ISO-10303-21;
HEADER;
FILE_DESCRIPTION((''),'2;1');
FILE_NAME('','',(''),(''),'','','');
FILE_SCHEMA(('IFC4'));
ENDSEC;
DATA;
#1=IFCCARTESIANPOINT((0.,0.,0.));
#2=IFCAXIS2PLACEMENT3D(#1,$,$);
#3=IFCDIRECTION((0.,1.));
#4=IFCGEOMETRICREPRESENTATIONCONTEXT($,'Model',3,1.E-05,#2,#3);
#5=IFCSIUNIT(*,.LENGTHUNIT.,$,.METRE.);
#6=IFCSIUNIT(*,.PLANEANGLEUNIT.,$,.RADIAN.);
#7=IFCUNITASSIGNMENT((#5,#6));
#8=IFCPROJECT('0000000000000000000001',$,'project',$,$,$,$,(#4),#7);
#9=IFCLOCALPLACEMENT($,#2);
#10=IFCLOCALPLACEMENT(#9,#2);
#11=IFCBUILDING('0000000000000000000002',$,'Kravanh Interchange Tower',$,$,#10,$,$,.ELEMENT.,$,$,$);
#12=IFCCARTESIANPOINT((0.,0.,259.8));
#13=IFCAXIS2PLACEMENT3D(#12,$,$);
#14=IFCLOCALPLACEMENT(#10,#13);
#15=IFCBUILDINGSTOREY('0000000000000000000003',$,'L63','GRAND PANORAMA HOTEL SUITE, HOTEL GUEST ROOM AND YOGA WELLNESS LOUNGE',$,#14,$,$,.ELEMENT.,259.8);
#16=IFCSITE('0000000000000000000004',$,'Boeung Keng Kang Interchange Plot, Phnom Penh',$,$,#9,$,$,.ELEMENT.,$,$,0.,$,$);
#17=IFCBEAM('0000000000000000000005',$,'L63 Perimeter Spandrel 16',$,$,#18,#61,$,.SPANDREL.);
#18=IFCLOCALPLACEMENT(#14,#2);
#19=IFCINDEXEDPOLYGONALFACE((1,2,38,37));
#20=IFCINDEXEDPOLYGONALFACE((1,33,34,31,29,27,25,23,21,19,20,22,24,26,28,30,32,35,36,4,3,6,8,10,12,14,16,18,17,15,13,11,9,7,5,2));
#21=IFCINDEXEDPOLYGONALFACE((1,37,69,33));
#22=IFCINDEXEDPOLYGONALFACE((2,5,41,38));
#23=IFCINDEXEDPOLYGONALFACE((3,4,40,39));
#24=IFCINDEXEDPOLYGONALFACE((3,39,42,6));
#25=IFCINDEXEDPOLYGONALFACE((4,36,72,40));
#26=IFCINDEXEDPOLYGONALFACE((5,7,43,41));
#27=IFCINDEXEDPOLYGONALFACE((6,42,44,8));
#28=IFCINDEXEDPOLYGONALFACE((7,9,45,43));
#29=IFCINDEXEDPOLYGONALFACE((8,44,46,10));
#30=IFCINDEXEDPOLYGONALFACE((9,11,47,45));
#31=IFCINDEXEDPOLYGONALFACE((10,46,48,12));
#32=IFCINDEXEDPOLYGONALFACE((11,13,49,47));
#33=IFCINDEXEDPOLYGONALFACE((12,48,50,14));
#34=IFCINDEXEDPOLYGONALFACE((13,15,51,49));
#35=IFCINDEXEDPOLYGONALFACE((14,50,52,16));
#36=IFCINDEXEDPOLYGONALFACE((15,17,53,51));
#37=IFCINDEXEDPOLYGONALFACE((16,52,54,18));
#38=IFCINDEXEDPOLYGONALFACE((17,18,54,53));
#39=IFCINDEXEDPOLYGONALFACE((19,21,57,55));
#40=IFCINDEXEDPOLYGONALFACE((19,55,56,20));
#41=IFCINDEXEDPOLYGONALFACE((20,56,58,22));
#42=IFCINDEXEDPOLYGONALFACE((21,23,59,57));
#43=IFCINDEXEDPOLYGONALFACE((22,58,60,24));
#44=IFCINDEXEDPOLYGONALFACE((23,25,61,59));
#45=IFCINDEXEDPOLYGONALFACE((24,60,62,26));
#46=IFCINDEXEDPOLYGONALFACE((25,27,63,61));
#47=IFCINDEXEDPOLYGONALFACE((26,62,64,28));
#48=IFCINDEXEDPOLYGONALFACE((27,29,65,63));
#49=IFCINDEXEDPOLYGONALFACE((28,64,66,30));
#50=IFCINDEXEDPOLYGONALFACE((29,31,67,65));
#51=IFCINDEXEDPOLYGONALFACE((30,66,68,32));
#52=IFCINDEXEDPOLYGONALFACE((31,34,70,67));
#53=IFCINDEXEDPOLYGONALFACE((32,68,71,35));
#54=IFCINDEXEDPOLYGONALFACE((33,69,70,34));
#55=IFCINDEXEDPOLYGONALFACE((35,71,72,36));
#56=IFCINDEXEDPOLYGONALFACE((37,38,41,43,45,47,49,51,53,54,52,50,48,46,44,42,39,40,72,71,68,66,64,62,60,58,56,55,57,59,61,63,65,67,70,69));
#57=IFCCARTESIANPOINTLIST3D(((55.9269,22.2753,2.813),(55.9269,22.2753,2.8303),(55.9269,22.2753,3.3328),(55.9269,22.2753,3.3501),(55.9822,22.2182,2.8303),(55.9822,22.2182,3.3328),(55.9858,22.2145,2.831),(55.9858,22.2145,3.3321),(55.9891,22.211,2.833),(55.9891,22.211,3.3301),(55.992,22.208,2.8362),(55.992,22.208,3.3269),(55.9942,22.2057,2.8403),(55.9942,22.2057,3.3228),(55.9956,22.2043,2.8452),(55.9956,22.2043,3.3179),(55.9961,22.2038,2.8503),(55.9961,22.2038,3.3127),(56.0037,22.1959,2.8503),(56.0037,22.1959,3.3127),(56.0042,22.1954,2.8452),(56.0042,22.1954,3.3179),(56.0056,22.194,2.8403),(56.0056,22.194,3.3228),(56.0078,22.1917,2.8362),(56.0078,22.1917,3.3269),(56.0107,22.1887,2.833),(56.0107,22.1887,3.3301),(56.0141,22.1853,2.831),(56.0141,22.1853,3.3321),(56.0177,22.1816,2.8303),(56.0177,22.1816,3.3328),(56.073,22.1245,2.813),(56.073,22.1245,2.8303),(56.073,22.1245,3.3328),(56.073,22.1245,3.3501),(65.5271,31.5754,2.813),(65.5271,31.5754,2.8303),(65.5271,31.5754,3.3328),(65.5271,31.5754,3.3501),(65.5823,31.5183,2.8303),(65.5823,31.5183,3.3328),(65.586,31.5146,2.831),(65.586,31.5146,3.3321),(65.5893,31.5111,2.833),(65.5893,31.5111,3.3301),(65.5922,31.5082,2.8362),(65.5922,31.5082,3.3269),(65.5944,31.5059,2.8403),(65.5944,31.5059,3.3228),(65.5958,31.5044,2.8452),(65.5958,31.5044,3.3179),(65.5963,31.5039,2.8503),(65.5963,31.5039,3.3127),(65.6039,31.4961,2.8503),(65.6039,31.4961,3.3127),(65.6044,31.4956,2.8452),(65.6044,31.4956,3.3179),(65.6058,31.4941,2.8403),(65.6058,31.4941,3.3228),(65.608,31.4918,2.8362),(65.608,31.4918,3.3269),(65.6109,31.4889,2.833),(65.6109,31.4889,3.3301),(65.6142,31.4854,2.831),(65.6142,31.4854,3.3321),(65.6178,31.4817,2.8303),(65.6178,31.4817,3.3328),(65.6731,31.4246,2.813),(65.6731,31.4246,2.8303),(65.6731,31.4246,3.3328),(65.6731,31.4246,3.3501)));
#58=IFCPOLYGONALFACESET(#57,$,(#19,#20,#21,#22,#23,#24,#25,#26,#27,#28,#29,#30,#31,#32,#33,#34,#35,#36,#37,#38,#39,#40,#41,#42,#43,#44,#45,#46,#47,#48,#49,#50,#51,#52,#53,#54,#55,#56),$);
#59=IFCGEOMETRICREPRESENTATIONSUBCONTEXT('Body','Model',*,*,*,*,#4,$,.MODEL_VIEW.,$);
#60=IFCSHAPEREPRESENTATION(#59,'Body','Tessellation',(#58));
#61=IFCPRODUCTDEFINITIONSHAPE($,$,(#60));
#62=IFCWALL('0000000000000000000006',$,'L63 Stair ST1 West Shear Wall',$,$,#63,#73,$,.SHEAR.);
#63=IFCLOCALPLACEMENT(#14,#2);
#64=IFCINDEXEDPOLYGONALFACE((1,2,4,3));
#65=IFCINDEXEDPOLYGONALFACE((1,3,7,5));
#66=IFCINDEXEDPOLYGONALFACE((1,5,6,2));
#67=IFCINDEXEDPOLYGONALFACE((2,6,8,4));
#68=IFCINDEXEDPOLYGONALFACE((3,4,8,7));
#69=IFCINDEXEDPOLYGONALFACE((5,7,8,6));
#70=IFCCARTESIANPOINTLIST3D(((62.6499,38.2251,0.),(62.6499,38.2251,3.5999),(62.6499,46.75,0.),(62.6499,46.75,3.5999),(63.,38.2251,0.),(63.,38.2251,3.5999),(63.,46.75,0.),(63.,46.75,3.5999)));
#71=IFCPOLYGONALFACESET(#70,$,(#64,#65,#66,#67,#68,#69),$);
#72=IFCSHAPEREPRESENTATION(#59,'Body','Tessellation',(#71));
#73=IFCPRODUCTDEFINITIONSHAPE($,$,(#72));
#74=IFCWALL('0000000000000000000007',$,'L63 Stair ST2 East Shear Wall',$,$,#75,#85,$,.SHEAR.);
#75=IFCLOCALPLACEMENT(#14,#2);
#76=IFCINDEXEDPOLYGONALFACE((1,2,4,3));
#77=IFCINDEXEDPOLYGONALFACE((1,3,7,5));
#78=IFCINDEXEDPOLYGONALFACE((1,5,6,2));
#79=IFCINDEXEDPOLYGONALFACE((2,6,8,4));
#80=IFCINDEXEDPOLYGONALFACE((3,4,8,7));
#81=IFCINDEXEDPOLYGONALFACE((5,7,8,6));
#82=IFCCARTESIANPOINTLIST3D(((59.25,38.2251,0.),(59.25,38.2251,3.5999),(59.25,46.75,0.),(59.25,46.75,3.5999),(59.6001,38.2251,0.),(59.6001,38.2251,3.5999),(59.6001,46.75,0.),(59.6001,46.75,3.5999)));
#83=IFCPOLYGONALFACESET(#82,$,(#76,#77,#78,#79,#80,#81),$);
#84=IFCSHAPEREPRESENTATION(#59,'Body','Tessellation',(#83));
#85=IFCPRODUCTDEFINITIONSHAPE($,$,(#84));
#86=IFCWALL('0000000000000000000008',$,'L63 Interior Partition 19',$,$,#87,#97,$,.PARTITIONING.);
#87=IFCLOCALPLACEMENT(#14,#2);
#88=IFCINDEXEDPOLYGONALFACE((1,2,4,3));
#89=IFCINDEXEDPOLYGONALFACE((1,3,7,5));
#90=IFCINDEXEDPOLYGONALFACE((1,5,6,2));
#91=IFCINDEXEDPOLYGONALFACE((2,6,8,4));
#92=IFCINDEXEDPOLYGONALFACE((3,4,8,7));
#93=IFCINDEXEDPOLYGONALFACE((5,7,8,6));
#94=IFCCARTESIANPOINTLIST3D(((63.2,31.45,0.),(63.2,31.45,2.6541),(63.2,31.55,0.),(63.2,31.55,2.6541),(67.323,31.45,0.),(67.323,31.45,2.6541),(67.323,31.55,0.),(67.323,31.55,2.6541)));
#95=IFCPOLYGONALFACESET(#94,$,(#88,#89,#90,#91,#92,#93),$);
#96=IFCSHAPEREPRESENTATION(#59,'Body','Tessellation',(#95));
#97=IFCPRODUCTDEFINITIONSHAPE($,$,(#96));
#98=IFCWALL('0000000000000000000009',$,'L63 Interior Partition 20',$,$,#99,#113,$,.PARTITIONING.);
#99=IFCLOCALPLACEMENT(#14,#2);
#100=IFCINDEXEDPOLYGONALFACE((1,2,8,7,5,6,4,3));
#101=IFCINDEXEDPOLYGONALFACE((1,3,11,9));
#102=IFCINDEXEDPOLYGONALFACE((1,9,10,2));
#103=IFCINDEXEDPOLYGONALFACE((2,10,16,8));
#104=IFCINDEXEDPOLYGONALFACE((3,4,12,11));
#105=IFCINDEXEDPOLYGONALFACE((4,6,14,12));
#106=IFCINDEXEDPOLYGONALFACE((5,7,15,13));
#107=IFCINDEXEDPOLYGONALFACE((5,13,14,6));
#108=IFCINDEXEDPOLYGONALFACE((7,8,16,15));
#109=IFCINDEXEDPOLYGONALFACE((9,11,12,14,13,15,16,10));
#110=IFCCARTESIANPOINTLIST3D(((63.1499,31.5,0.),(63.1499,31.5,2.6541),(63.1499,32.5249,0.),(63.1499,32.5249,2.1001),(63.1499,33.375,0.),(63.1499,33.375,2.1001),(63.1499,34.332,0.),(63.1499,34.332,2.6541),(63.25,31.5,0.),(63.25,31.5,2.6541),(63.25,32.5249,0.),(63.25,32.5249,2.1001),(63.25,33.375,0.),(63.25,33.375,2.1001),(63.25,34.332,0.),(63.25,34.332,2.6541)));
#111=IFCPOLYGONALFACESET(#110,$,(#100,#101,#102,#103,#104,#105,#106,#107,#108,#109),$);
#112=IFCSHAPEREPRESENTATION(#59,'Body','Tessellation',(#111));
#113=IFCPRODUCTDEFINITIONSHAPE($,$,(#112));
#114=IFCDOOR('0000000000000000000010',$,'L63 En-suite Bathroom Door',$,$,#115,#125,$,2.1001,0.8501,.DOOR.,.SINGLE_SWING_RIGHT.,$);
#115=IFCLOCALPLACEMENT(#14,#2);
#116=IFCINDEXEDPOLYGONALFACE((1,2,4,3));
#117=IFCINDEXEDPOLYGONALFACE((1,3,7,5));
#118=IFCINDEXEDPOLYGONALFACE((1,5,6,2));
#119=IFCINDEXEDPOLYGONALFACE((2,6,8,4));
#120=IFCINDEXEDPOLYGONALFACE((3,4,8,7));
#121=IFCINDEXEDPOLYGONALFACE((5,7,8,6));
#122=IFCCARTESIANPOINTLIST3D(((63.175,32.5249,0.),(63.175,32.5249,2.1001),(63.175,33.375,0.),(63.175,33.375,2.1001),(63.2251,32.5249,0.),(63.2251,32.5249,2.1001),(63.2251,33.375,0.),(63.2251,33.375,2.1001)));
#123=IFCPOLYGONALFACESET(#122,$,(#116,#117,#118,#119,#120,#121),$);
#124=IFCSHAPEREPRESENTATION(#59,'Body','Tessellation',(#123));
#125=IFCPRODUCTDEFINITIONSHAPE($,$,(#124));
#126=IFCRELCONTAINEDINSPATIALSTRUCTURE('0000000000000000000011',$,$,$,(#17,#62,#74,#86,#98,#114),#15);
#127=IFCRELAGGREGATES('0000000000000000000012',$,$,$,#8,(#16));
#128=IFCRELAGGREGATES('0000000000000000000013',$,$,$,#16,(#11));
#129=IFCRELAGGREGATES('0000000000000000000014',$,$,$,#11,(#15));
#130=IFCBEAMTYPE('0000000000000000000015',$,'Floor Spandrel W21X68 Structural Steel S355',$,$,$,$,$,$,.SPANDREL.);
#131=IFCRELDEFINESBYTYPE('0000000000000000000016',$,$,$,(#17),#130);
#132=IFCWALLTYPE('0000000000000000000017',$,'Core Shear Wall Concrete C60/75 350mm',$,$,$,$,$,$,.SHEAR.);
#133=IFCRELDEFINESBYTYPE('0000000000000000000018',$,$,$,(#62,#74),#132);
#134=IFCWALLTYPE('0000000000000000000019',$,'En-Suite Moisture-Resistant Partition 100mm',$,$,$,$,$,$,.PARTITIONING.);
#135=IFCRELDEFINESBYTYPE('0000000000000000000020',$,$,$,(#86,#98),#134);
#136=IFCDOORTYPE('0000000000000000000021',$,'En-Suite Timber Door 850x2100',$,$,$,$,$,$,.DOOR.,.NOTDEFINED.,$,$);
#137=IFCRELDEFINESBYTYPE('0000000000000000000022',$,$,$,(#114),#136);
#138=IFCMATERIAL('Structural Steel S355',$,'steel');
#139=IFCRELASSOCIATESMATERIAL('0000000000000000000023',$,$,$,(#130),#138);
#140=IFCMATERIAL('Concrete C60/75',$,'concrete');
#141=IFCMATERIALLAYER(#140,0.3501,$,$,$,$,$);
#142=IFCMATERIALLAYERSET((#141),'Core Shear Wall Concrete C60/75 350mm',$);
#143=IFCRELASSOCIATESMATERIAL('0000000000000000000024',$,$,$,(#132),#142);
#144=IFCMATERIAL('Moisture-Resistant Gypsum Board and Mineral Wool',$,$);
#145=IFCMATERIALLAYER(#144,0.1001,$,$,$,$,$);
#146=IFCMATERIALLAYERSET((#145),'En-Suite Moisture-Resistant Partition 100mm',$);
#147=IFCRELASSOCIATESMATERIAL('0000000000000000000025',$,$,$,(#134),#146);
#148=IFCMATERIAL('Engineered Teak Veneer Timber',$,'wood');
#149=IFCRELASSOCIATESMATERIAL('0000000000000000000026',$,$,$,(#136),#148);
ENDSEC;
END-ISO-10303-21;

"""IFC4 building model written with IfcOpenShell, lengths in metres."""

from ifc_helpers import new_model, si_unit, direction, frame, frame_2d, origin, origin_2d, place, context, subcontext, project, spatial, rectangle, i_section, extrude, material, layer, layer_set, material_profile, profile_set, type_object, element, fill, save


model = new_model("IFC4")

# Units and contexts
model_context = context("Model", 3, precision=1e-05, world=origin(), true_north=direction((0.0, 1.0)))
body_context = subcontext(model_context, "Body", "Model", "MODEL_VIEW")
ifc_project = project(units=[si_unit("LENGTHUNIT", "METRE"), si_unit("PLANEANGLEUNIT", "RADIAN")], contexts=[model_context])

# Site, building, storey
site_placement = place(None, origin())
site = spatial("IfcSite", under=ifc_project, at=site_placement, Name="Boeung Keng Kang Interchange Plot, Phnom Penh", CompositionType="ELEMENT", RefElevation=0.0)
building_placement = place(site_placement, origin())
building = spatial("IfcBuilding", under=site, at=building_placement, Name="Kravanh Interchange Tower", CompositionType="ELEMENT")
storey_placement = place(building_placement, frame((0.0, 0.0, 259.8)))
storey = spatial("IfcBuildingStorey", under=building, at=storey_placement, Name="L63", Description="GRAND PANORAMA HOTEL SUITE, HOTEL GUEST ROOM AND YOGA WELLNESS LOUNGE", CompositionType="ELEMENT", Elevation=259.8)

# Beam
ifc_material_1 = material(Name="Structural Steel S355", Category="steel")
ifc_material_profile_1 = material_profile(ifc_material_1, i_section(OverallWidth=0.21, OverallDepth=0.5371, WebThickness=0.011, FlangeThickness=0.0173, FilletRadius=0.02, at=origin_2d()), Name="W21X68")
ifc_profile_set_1 = profile_set([ifc_material_profile_1], Name="Structural Steel S355")
beam_type_1 = type_object("IfcBeamType", Name="Floor Spandrel W21X68 Structural Steel S355", PredefinedType="SPANDREL", material=ifc_profile_set_1)
beam_1_placement = place(storey_placement, frame((65.6001, 31.5, 3.0815), z_axis=(-0.718242, -0.695793, 0.0), x_axis=(0.695793, -0.718242, 0.0)))
element("IfcBeam", 1, at=beam_1_placement, inside=storey, type_object=beam_type_1, Name="L63 Perimeter Spandrel 16", PredefinedType="SPANDREL", context=body_context, shape_type="SweptSolid", body=[
    extrude(i_section(OverallWidth=0.21, OverallDepth=0.5371, WebThickness=0.011, FlangeThickness=0.0173, FilletRadius=0.02, at=origin_2d()), origin(), (0.0, 0.0, 1.0), 13.3662),
])

# Walls
ifc_material_2 = material(Name="Concrete C60/75", Category="concrete")
ifc_layer_1 = layer(ifc_material_2, 0.3501)
ifc_layer_set_1 = layer_set([ifc_layer_1], Name="Core Shear Wall Concrete C60/75 350mm")
wall_type_1 = type_object("IfcWallType", Name="Core Shear Wall Concrete C60/75 350mm", PredefinedType="SHEAR", material=ifc_layer_set_1)
for number, where, z_axis, x_axis, name in (
    (2, (62.825, 38.2251, 0.0), (0.0, 0.0, 1.0), (0.0, 1.0, 0.0), "L63 Stair ST1 West Shear Wall"),
    (3, (59.425, 38.2251, 0.0), (0.0, 0.0, 1.0), (0.0, 1.0, 0.0), "L63 Stair ST2 East Shear Wall"),
):
    element("IfcWall", number, at=place(storey_placement, frame(where, z_axis=z_axis, x_axis=x_axis)), inside=storey, type_object=wall_type_1, Name=name, PredefinedType="SHEAR", context=body_context, shape_type="SweptSolid", body=[
        extrude(rectangle(XDim=8.5249, YDim=0.3501, at=frame_2d((4.2625, 0.0))), origin(), (0.0, 0.0, 1.0), 3.5999),
    ])
ifc_material_3 = material(Name="Moisture-Resistant Gypsum Board and Mineral Wool")
ifc_layer_2 = layer(ifc_material_3, 0.1001)
ifc_layer_set_2 = layer_set([ifc_layer_2], Name="En-Suite Moisture-Resistant Partition 100mm")
wall_type_2 = type_object("IfcWallType", Name="En-Suite Moisture-Resistant Partition 100mm", PredefinedType="PARTITIONING", material=ifc_layer_set_2)
wall_1_placement = place(storey_placement, frame((63.2, 31.5, 0.0), z_axis=(0.0, 0.0, 1.0), x_axis=(1.0, 0.0, 0.0)))
element("IfcWall", 4, at=wall_1_placement, inside=storey, type_object=wall_type_2, Name="L63 Interior Partition 19", PredefinedType="PARTITIONING", context=body_context, shape_type="SweptSolid", body=[
    extrude(rectangle(XDim=4.123, YDim=0.1001, at=frame_2d((2.0615, 0.0))), origin(), (0.0, 0.0, 1.0), 2.6541),
])

# Wall, opening, door
wall_2_placement = place(storey_placement, frame((63.2, 31.5, 0.0), z_axis=(0.0, 0.0, 1.0), x_axis=(0.0, 1.0, 0.0)))
wall_2 = element("IfcWall", 5, at=wall_2_placement, inside=storey, type_object=wall_type_2, Name="L63 Interior Partition 20", PredefinedType="PARTITIONING", context=body_context, shape_type="SweptSolid", body=[
    extrude(rectangle(XDim=2.832, YDim=0.1001, at=frame_2d((1.416, 0.0))), origin(), (0.0, 0.0, 1.0), 2.6541),
])
opening_1_placement = place(wall_2_placement, frame((1.0249, 0.0, 0.0)))
opening_1 = element("IfcOpeningElement", 6, at=opening_1_placement, cuts=wall_2, PredefinedType="OPENING", context=body_context, shape_type="SweptSolid", body=[
    extrude(rectangle(XDim=0.8501, YDim=2.1001, at=frame_2d((0.425, 1.05))), frame((0.0, 0.0601, 0.0), z_axis=(0.0, -1.0, 0.0), x_axis=(1.0, 0.0, 0.0)), (0.0, 0.0, 1.0), 0.1201),
])
ifc_material_4 = material(Name="Engineered Teak Veneer Timber", Category="wood")
door_type_1 = type_object("IfcDoorType", Name="En-Suite Timber Door 850x2100", OperationType="NOTDEFINED", PredefinedType="DOOR", material=ifc_material_4)
door_1_placement = place(opening_1_placement, origin())
door_1 = element("IfcDoor", 7, at=door_1_placement, inside=storey, type_object=door_type_1, Name="L63 En-suite Bathroom Door", OperationType="SINGLE_SWING_RIGHT", OverallHeight=2.1001, OverallWidth=0.8501, PredefinedType="DOOR", context=body_context, shape_type="SweptSolid", body=[
    extrude(rectangle(XDim=0.8501, YDim=2.1001, at=frame_2d((0.425, 1.05))), frame((0.0, 0.0249, 0.0), z_axis=(0.0, -1.0, 0.0), x_axis=(1.0, 0.0, 0.0)), (0.0, 0.0, 1.0), 0.05),
])
fill(opening_1, door_1)

save(model, "model.ifc")
